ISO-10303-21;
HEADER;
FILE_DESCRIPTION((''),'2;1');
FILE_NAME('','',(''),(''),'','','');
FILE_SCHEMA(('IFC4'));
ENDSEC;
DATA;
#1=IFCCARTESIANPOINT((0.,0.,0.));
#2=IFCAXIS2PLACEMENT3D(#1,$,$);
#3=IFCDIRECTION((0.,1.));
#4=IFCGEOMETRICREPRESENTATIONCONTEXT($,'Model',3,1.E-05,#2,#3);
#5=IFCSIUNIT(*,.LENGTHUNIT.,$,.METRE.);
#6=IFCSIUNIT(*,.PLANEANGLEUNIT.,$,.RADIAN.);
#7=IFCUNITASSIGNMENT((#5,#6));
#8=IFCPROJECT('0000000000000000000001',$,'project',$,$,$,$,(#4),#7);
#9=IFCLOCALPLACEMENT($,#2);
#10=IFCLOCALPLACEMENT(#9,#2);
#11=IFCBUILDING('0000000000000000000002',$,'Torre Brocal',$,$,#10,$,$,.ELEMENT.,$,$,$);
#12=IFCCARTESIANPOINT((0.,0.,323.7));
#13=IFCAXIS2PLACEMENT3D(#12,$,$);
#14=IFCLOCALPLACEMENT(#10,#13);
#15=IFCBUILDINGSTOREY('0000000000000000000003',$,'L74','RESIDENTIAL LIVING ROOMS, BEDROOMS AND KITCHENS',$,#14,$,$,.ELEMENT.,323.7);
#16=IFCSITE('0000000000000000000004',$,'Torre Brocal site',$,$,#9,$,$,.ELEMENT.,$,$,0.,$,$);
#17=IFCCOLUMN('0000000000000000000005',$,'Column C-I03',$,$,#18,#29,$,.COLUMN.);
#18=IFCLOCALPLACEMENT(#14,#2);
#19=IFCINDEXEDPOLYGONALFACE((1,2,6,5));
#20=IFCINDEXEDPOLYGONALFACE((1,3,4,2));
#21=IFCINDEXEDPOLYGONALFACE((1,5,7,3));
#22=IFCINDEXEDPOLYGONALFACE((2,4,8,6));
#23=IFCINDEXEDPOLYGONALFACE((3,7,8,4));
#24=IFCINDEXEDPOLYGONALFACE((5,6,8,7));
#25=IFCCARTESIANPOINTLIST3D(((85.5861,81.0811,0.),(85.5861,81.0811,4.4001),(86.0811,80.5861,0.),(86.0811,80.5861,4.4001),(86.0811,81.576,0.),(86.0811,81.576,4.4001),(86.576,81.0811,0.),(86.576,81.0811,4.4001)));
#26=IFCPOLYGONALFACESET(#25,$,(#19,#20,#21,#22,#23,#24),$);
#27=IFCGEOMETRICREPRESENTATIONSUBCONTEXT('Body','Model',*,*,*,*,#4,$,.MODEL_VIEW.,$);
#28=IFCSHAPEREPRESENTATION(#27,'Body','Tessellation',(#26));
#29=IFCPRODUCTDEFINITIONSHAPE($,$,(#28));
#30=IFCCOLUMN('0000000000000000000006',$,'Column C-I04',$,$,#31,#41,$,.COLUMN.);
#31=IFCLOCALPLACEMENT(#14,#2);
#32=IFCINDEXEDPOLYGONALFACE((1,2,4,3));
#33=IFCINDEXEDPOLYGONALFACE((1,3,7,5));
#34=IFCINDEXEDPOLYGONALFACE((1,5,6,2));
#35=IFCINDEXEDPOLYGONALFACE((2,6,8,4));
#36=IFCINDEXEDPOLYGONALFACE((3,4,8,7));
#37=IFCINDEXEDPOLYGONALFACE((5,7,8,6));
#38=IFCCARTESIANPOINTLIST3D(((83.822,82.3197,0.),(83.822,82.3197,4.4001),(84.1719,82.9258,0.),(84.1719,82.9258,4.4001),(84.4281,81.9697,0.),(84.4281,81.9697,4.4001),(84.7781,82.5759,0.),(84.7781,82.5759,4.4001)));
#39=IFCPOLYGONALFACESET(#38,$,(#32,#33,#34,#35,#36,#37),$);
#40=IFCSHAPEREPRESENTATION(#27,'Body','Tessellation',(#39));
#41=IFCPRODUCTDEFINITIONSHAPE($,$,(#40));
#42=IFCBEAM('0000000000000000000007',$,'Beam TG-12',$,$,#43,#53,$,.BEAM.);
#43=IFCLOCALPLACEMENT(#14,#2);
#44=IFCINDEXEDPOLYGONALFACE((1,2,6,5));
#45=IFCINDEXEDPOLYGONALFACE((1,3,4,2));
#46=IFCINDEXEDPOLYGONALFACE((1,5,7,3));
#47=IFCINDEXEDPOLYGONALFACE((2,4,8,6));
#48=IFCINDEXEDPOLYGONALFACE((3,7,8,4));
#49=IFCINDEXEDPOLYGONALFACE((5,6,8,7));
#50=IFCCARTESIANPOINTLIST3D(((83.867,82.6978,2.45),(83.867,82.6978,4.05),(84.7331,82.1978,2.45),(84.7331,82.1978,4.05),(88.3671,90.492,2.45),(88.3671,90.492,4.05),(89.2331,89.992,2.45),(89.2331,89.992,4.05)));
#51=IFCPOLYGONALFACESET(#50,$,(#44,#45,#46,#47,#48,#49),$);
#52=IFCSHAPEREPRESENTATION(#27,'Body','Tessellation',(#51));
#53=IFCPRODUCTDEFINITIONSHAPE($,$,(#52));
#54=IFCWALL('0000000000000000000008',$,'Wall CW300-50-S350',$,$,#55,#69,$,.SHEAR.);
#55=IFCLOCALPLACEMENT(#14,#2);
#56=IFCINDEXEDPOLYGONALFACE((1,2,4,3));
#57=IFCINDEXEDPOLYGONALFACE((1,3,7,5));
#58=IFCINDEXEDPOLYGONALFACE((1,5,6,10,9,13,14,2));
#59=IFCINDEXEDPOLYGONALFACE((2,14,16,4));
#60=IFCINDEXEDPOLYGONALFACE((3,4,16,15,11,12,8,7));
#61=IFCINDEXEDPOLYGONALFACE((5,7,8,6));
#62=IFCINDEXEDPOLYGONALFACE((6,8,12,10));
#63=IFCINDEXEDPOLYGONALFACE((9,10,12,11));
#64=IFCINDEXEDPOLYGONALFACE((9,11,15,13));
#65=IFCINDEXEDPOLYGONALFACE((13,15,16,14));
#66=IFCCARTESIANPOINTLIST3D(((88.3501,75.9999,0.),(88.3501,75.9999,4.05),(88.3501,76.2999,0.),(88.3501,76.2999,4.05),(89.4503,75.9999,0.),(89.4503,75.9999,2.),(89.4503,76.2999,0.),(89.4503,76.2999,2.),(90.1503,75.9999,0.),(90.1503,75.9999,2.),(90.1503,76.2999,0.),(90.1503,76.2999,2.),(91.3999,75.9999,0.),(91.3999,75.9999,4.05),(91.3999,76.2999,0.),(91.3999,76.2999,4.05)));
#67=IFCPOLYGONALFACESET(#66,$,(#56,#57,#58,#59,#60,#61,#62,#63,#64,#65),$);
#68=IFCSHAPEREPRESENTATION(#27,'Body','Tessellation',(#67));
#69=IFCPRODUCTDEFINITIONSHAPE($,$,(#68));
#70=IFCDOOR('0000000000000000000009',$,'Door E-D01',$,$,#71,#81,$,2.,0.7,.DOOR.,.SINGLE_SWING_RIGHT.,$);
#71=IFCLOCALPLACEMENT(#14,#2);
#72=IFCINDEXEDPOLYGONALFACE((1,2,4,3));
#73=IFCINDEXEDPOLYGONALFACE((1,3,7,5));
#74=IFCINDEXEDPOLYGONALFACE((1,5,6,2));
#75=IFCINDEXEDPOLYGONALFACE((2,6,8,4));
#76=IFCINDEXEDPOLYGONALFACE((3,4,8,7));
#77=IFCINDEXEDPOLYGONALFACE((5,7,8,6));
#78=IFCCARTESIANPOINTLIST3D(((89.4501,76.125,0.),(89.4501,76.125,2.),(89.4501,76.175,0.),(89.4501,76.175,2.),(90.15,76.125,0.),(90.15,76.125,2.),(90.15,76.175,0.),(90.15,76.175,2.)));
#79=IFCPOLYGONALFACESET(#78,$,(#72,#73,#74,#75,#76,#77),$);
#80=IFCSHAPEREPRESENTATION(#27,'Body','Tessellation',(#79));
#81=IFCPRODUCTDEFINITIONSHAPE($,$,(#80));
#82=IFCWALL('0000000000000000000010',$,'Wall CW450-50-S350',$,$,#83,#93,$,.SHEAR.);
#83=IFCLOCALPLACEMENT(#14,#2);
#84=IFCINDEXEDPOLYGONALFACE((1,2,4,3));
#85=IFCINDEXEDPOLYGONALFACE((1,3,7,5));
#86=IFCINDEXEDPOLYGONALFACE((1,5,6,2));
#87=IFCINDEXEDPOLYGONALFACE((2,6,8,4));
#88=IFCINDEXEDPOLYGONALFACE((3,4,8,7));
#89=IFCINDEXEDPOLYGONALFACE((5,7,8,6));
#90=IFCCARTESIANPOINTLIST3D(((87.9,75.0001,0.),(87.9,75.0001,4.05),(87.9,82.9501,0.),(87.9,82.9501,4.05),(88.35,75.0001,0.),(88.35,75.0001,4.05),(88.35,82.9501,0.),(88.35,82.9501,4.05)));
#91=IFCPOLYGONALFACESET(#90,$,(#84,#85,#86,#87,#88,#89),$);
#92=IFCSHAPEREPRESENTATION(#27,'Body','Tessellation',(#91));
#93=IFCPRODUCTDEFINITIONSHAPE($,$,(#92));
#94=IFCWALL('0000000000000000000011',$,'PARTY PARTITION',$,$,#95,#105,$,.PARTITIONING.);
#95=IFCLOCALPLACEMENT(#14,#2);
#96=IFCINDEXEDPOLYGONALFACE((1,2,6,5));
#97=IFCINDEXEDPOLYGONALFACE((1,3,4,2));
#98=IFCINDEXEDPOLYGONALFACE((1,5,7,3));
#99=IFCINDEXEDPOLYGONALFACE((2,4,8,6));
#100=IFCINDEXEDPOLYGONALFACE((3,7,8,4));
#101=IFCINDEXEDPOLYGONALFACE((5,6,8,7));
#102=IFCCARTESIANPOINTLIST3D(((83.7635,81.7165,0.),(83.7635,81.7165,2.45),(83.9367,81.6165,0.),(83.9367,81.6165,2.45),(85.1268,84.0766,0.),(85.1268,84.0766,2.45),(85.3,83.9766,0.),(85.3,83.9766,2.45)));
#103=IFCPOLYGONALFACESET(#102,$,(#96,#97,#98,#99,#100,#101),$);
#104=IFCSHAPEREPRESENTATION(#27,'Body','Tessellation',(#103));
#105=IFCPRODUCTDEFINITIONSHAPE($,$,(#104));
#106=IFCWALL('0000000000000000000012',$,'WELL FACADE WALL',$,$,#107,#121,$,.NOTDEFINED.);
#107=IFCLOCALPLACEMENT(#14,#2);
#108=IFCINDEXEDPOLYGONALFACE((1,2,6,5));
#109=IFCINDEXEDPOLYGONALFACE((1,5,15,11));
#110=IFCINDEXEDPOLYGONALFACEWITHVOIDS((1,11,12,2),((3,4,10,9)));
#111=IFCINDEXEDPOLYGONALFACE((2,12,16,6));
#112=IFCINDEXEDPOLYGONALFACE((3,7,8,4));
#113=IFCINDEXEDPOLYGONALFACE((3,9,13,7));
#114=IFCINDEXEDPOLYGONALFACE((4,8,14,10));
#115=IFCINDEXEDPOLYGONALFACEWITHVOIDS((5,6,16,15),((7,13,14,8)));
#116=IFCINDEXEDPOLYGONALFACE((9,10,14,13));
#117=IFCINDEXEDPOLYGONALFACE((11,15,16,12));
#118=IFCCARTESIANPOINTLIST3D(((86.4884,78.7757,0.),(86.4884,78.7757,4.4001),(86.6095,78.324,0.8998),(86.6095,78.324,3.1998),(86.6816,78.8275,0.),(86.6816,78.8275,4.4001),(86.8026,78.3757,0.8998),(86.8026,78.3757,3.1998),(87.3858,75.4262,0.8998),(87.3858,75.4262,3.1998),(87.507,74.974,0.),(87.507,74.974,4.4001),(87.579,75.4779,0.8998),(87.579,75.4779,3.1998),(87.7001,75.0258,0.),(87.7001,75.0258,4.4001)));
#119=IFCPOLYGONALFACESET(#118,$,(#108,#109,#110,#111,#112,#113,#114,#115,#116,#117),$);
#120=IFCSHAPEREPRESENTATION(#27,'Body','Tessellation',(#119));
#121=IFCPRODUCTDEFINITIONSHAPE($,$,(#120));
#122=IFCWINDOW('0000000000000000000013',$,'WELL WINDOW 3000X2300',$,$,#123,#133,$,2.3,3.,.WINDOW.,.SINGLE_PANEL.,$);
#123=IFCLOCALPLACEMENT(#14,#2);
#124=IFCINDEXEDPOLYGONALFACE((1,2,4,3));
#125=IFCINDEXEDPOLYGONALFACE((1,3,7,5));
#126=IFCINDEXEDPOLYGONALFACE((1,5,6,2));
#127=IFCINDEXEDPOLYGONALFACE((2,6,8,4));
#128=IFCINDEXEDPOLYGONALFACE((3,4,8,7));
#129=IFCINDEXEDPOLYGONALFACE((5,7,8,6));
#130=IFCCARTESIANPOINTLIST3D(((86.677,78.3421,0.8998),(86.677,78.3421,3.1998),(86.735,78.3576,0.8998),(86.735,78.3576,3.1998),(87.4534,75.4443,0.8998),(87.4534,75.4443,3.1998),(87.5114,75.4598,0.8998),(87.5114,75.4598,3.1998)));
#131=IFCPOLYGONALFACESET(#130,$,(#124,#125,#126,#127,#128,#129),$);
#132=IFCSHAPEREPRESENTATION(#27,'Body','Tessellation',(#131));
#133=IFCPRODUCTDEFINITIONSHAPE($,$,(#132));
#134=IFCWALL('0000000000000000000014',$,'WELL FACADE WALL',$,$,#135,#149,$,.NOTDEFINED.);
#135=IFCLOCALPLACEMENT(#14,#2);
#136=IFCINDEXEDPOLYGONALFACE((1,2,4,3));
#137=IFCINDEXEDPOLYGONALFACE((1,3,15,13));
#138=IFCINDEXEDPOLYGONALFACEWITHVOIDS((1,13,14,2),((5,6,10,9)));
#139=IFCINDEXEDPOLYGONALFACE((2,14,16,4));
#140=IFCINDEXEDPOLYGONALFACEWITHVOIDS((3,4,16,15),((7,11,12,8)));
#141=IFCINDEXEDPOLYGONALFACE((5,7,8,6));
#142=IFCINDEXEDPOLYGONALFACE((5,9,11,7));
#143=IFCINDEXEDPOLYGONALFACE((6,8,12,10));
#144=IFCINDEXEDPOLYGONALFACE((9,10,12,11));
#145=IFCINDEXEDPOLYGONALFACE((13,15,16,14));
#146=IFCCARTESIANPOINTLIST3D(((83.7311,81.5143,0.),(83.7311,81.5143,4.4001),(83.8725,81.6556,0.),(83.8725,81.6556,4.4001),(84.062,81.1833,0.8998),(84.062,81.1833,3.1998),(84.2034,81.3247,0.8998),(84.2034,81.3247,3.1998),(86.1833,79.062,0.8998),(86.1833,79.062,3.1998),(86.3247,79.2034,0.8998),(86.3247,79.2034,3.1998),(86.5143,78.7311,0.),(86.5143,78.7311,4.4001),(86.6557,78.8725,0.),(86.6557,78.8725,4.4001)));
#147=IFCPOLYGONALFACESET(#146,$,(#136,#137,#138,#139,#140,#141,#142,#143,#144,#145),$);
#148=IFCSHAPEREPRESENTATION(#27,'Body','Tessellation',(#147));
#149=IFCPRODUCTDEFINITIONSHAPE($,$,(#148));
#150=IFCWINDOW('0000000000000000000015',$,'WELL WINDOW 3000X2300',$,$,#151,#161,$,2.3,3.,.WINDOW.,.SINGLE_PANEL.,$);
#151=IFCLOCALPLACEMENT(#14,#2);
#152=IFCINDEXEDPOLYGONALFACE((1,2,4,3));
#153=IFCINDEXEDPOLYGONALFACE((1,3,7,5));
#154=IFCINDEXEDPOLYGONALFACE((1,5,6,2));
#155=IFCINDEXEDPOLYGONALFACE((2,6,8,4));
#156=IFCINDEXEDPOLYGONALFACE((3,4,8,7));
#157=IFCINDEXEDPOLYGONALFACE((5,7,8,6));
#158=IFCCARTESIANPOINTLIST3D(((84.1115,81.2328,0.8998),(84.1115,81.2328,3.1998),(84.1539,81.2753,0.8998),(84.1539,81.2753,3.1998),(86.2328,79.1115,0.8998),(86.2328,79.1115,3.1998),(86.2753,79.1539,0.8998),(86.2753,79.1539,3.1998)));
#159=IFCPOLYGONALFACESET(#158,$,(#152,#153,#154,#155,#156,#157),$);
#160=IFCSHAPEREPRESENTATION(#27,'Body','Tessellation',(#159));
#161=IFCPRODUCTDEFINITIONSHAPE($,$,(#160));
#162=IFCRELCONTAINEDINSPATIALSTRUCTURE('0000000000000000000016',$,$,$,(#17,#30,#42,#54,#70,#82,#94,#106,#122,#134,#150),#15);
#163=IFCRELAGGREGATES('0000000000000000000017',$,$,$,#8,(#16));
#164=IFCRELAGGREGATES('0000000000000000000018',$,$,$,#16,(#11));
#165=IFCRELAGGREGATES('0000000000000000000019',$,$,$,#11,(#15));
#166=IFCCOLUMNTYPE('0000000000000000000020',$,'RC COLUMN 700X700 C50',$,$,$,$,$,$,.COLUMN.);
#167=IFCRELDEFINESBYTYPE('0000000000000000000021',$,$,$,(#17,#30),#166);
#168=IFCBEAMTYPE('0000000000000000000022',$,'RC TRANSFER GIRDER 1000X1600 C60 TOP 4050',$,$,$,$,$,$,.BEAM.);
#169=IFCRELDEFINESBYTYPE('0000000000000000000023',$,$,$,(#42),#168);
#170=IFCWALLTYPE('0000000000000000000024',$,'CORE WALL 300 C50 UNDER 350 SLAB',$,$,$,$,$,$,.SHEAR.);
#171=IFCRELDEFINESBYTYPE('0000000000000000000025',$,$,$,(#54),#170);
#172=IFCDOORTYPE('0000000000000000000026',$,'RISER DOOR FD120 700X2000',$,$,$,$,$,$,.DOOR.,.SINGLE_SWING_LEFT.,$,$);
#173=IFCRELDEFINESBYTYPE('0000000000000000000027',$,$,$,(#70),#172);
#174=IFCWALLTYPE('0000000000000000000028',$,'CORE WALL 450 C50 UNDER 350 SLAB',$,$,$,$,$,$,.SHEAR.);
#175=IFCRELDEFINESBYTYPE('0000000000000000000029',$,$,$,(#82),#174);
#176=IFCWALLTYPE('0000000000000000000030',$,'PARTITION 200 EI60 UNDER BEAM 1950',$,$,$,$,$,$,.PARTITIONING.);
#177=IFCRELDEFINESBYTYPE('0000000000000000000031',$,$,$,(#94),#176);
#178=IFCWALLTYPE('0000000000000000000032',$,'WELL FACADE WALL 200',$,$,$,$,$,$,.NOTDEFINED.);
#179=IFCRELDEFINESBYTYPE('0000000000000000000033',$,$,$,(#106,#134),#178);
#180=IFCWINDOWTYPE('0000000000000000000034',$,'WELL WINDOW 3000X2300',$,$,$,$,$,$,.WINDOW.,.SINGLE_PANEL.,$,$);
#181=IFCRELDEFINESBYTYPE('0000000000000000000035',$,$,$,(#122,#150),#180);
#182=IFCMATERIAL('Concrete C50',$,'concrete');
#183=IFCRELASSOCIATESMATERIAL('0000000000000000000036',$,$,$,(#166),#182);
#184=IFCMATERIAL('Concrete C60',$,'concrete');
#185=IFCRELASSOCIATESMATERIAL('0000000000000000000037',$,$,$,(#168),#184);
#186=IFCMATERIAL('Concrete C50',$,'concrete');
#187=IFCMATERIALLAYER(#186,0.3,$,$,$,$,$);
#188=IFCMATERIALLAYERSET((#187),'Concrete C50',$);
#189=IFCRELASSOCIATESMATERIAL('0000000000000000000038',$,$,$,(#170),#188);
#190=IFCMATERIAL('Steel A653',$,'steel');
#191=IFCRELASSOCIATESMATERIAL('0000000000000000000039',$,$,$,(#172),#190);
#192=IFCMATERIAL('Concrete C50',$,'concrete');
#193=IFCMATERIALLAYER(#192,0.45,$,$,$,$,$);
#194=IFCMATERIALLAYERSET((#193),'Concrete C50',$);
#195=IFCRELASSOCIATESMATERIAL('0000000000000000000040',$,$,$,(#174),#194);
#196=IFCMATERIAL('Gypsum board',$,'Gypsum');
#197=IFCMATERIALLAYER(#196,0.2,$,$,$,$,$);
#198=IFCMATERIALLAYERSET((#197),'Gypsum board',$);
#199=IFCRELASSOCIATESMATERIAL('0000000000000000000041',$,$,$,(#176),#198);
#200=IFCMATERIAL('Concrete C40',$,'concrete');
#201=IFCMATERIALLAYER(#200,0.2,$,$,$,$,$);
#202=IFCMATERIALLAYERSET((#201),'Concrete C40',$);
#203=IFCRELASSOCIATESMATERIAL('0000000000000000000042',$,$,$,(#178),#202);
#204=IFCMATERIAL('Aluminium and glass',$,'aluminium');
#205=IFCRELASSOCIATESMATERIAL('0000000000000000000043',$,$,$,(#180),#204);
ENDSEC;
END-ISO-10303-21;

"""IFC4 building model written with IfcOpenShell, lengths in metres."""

from ifc_helpers import new_model, si_unit, direction, frame, frame_2d, origin, origin_2d, place, context, subcontext, project, spatial, rectangle, extrude, material, layer, layer_set, material_profile, profile_set, type_object, element, fill, save


model = new_model("IFC4")

# Units and contexts
model_context = context("Model", 3, precision=1e-05, world=origin(), true_north=direction((0.0, 1.0)))
body_context = subcontext(model_context, "Body", "Model", "MODEL_VIEW")
ifc_project = project(units=[si_unit("LENGTHUNIT", "METRE"), si_unit("PLANEANGLEUNIT", "RADIAN")], contexts=[model_context])

# Site, building, storey
site_placement = place(None, origin())
site = spatial("IfcSite", under=ifc_project, at=site_placement, Name="Torre Brocal site", CompositionType="ELEMENT", RefElevation=0.0)
building_placement = place(site_placement, origin())
building = spatial("IfcBuilding", under=site, at=building_placement, Name="Torre Brocal", CompositionType="ELEMENT")
storey_placement = place(building_placement, frame((0.0, 0.0, 323.7)))
storey = spatial("IfcBuildingStorey", under=building, at=storey_placement, Name="L74", Description="RESIDENTIAL LIVING ROOMS, BEDROOMS AND KITCHENS", CompositionType="ELEMENT", Elevation=323.7)

# Columns
ifc_material_1 = material(Name="Concrete C50", Category="concrete")
ifc_material_profile_1 = material_profile(ifc_material_1, rectangle(XDim=0.7, YDim=0.7, at=origin_2d()), Name="RC 700X700")
ifc_profile_set_1 = profile_set([ifc_material_profile_1], Name="Concrete C50")
column_type = type_object("IfcColumnType", Name="RC COLUMN 700X700 C50", PredefinedType="COLUMN", material=ifc_profile_set_1)
for number, where, z_axis, x_axis, name in (
    (1, (86.0811, 81.0811, 0.0), (0.0, 0.0, 1.0), (0.707107, 0.707107, 0.0), "Column C-I03"),
    (2, (84.3, 82.4478, 0.0), (0.0, 0.0, 1.0), (0.5, 0.866025, 0.0), "Column C-I04"),
):
    element("IfcColumn", number, at=place(storey_placement, frame(where, z_axis=z_axis, x_axis=x_axis)), inside=storey, type_object=column_type, Name=name, PredefinedType="COLUMN", context=body_context, shape_type="SweptSolid", body=[
        extrude(rectangle(XDim=0.7, YDim=0.7, at=origin_2d()), origin(), (0.0, 0.0, 1.0), 4.4001),
    ])

# Beam
ifc_material_2 = material(Name="Concrete C60", Category="concrete")
ifc_material_profile_2 = material_profile(ifc_material_2, rectangle(XDim=1.0, YDim=1.6001, at=origin_2d()), Name="RC 1000X1600")
ifc_profile_set_2 = profile_set([ifc_material_profile_2], Name="Concrete C60")
beam_type = type_object("IfcBeamType", Name="RC TRANSFER GIRDER 1000X1600 C60 TOP 4050", PredefinedType="BEAM", material=ifc_profile_set_2)
beam_placement = place(storey_placement, frame((84.3, 82.4478, 3.25), z_axis=(0.500002, 0.866024, 0.0), x_axis=(-0.866024, 0.500002, 0.0)))
element("IfcBeam", 3, at=beam_placement, inside=storey, type_object=beam_type, Name="Beam TG-12", PredefinedType="BEAM", context=body_context, shape_type="SweptSolid", body=[
    extrude(rectangle(XDim=1.0, YDim=1.6001, at=origin_2d()), origin(), (0.0, 0.0, 1.0), 9.0),
])

# Wall, opening, door
ifc_material_3 = material(Name="Concrete C50", Category="concrete")
ifc_layer_1 = layer(ifc_material_3, 0.3)
ifc_layer_set_1 = layer_set([ifc_layer_1], Name="Concrete C50")
wall_type_1 = type_object("IfcWallType", Name="CORE WALL 300 C50 UNDER 350 SLAB", PredefinedType="SHEAR", material=ifc_layer_set_1)
wall_1_placement = place(storey_placement, frame((88.3501, 76.1499, 0.0), z_axis=(0.0, 0.0, 1.0), x_axis=(1.0, 0.0, 0.0)))
wall_1 = element("IfcWall", 4, at=wall_1_placement, inside=storey, type_object=wall_type_1, Name="Wall CW300-50-S350", PredefinedType="SHEAR", context=body_context, shape_type="SweptSolid", body=[
    extrude(rectangle(XDim=3.0498, YDim=0.3, at=frame_2d((1.5249, 0.0))), origin(), (0.0, 0.0, 1.0), 4.05),
])
opening_1_placement = place(wall_1_placement, frame((1.1001, 0.0, 0.0)))
opening_1 = element("IfcOpeningElement", 5, at=opening_1_placement, cuts=wall_1, PredefinedType="OPENING", context=body_context, shape_type="SweptSolid", body=[
    extrude(rectangle(XDim=0.7, YDim=2.0, at=frame_2d((0.3501, 1.0))), frame((0.0, 0.1599, 0.0), z_axis=(0.0, -1.0, 0.0), x_axis=(1.0, 0.0, 0.0)), (0.0, 0.0, 1.0), 0.3201),
])
ifc_material_4 = material(Name="Steel A653", Category="steel")
door_type = type_object("IfcDoorType", Name="RISER DOOR FD120 700X2000", OperationType="SINGLE_SWING_LEFT", PredefinedType="DOOR", material=ifc_material_4)
door_placement = place(opening_1_placement, frame((0.7, 0.0, 0.0), z_axis=(0.0, 0.0, 1.0), x_axis=(-1.0, 0.0, 0.0)))
door = element("IfcDoor", 6, at=door_placement, inside=storey, type_object=door_type, Name="Door E-D01", OperationType="SINGLE_SWING_RIGHT", OverallHeight=2.0, OverallWidth=0.7, PredefinedType="DOOR", context=body_context, shape_type="SweptSolid", body=[
    extrude(rectangle(XDim=0.7, YDim=2.0, at=frame_2d((0.3501, 1.0))), frame((0.0, 0.0249, 0.0), z_axis=(0.0, -1.0, 0.0), x_axis=(1.0, 0.0, 0.0)), (0.0, 0.0, 1.0), 0.05),
])
fill(opening_1, door)

# Walls
ifc_material_5 = material(Name="Concrete C50", Category="concrete")
ifc_layer_2 = layer(ifc_material_5, 0.45)
ifc_layer_set_2 = layer_set([ifc_layer_2], Name="Concrete C50")
wall_type_2 = type_object("IfcWallType", Name="CORE WALL 450 C50 UNDER 350 SLAB", PredefinedType="SHEAR", material=ifc_layer_set_2)
wall_2_placement = place(storey_placement, frame((88.125, 75.0, 0.0), z_axis=(0.0, 0.0, 1.0), x_axis=(0.0, 1.0, 0.0)))
element("IfcWall", 7, at=wall_2_placement, inside=storey, type_object=wall_type_2, Name="Wall CW450-50-S350", PredefinedType="SHEAR", context=body_context, shape_type="SweptSolid", body=[
    extrude(rectangle(XDim=7.95, YDim=0.45, at=frame_2d((3.9751, 0.0))), origin(), (0.0, 0.0, 1.0), 4.05),
])
ifc_material_6 = material(Name="Gypsum board", Category="Gypsum")
ifc_layer_3 = layer(ifc_material_6, 0.2)
ifc_layer_set_3 = layer_set([ifc_layer_3], Name="Gypsum board")
wall_type_3 = type_object("IfcWallType", Name="PARTITION 200 EI60 UNDER BEAM 1950", PredefinedType="PARTITIONING", material=ifc_layer_set_3)
wall_3_placement = place(storey_placement, frame((83.8501, 81.6665, 0.0), z_axis=(0.0, 0.0, 1.0), x_axis=(0.500185, 0.865919, 0.0)))
element("IfcWall", 8, at=wall_3_placement, inside=storey, type_object=wall_type_3, Name="PARTY PARTITION", PredefinedType="PARTITIONING", context=body_context, shape_type="SweptSolid", body=[
    extrude(rectangle(XDim=2.7256, YDim=0.2, at=frame_2d((1.3628, 0.0))), origin(), (0.0, 0.0, 1.0), 2.45),
])

# Walls, openings, windows
ifc_material_7 = material(Name="Concrete C40", Category="concrete")
ifc_layer_4 = layer(ifc_material_7, 0.2)
ifc_layer_set_4 = layer_set([ifc_layer_4], Name="Concrete C40")
wall_type_4 = type_object("IfcWallType", Name="WELL FACADE WALL 200", PredefinedType="NOTDEFINED", material=ifc_layer_set_4)
wall_4_placement = place(storey_placement, frame((87.6035, 75.0, 0.0), z_axis=(0.0, 0.0, 1.0), x_axis=(-0.25879, 0.965934, 0.0)))
wall_4 = element("IfcWall", 9, at=wall_4_placement, inside=storey, type_object=wall_type_4, Name="WELL FACADE WALL", PredefinedType="NOTDEFINED", context=body_context, shape_type="SweptSolid", body=[
    extrude(rectangle(XDim=3.9358, YDim=0.2, at=frame_2d((1.9678, 0.0))), origin(), (0.0, 0.0, 1.0), 4.4001),
])
opening_2_placement = place(wall_4_placement, frame((0.468, 0.0, 0.8999)))
opening_2 = element("IfcOpeningElement", 10, at=opening_2_placement, cuts=wall_4, PredefinedType="OPENING", context=body_context, shape_type="SweptSolid", body=[
    extrude(rectangle(XDim=3.0, YDim=2.3, at=frame_2d((1.5, 1.1499))), frame((0.0, 0.1099, 0.0), z_axis=(0.0, -1.0, 0.0), x_axis=(1.0, 0.0, 0.0)), (0.0, 0.0, 1.0), 0.22),
])
ifc_material_8 = material(Name="Aluminium and glass", Category="aluminium")
window_type = type_object("IfcWindowType", Name="WELL WINDOW 3000X2300", PartitioningType="SINGLE_PANEL", PredefinedType="WINDOW", material=ifc_material_8)
window_1_placement = place(opening_2_placement, origin())
window_1 = element("IfcWindow", 11, at=window_1_placement, inside=storey, type_object=window_type, Name="WELL WINDOW 3000X2300", OverallHeight=2.3, OverallWidth=3.0, PartitioningType="SINGLE_PANEL", PredefinedType="WINDOW", context=body_context, shape_type="SweptSolid", body=[
    extrude(rectangle(XDim=3.0, YDim=2.3, at=frame_2d((1.5, 1.1499))), frame((0.0, 0.03, 0.0), z_axis=(0.0, -1.0, 0.0), x_axis=(1.0, 0.0, 0.0)), (0.0, 0.0, 1.0), 0.0601),
])
fill(opening_2, window_1)
wall_5_placement = place(storey_placement, frame((86.585, 78.8018, 0.0), z_axis=(0.0, 0.0, 1.0), x_axis=(-0.707107, 0.707107, 0.0)))
wall_5 = element("IfcWall", 12, at=wall_5_placement, inside=storey, type_object=wall_type_4, Name="WELL FACADE WALL", PredefinedType="NOTDEFINED", context=body_context, shape_type="SweptSolid", body=[
    extrude(rectangle(XDim=3.936, YDim=0.2, at=frame_2d((1.968, 0.0))), origin(), (0.0, 0.0, 1.0), 4.4001),
])
opening_3_placement = place(wall_5_placement, frame((0.468, 0.0, 0.8999)))
opening_3 = element("IfcOpeningElement", 13, at=opening_3_placement, cuts=wall_5, PredefinedType="OPENING", context=body_context, shape_type="SweptSolid", body=[
    extrude(rectangle(XDim=3.0, YDim=2.3, at=frame_2d((1.5, 1.1499))), frame((0.0, 0.1099, 0.0), z_axis=(0.0, -1.0, 0.0), x_axis=(1.0, 0.0, 0.0)), (0.0, 0.0, 1.0), 0.22),
])
window_2_placement = place(opening_3_placement, origin())
window_2 = element("IfcWindow", 14, at=window_2_placement, inside=storey, type_object=window_type, Name="WELL WINDOW 3000X2300", OverallHeight=2.3, OverallWidth=3.0, PartitioningType="SINGLE_PANEL", PredefinedType="WINDOW", context=body_context, shape_type="SweptSolid", body=[
    extrude(rectangle(XDim=3.0, YDim=2.3, at=frame_2d((1.5, 1.1499))), frame((0.0, 0.03, 0.0), z_axis=(0.0, -1.0, 0.0), x_axis=(1.0, 0.0, 0.0)), (0.0, 0.0, 1.0), 0.0601),
])
fill(opening_3, window_2)

save(model, "model.ifc")
